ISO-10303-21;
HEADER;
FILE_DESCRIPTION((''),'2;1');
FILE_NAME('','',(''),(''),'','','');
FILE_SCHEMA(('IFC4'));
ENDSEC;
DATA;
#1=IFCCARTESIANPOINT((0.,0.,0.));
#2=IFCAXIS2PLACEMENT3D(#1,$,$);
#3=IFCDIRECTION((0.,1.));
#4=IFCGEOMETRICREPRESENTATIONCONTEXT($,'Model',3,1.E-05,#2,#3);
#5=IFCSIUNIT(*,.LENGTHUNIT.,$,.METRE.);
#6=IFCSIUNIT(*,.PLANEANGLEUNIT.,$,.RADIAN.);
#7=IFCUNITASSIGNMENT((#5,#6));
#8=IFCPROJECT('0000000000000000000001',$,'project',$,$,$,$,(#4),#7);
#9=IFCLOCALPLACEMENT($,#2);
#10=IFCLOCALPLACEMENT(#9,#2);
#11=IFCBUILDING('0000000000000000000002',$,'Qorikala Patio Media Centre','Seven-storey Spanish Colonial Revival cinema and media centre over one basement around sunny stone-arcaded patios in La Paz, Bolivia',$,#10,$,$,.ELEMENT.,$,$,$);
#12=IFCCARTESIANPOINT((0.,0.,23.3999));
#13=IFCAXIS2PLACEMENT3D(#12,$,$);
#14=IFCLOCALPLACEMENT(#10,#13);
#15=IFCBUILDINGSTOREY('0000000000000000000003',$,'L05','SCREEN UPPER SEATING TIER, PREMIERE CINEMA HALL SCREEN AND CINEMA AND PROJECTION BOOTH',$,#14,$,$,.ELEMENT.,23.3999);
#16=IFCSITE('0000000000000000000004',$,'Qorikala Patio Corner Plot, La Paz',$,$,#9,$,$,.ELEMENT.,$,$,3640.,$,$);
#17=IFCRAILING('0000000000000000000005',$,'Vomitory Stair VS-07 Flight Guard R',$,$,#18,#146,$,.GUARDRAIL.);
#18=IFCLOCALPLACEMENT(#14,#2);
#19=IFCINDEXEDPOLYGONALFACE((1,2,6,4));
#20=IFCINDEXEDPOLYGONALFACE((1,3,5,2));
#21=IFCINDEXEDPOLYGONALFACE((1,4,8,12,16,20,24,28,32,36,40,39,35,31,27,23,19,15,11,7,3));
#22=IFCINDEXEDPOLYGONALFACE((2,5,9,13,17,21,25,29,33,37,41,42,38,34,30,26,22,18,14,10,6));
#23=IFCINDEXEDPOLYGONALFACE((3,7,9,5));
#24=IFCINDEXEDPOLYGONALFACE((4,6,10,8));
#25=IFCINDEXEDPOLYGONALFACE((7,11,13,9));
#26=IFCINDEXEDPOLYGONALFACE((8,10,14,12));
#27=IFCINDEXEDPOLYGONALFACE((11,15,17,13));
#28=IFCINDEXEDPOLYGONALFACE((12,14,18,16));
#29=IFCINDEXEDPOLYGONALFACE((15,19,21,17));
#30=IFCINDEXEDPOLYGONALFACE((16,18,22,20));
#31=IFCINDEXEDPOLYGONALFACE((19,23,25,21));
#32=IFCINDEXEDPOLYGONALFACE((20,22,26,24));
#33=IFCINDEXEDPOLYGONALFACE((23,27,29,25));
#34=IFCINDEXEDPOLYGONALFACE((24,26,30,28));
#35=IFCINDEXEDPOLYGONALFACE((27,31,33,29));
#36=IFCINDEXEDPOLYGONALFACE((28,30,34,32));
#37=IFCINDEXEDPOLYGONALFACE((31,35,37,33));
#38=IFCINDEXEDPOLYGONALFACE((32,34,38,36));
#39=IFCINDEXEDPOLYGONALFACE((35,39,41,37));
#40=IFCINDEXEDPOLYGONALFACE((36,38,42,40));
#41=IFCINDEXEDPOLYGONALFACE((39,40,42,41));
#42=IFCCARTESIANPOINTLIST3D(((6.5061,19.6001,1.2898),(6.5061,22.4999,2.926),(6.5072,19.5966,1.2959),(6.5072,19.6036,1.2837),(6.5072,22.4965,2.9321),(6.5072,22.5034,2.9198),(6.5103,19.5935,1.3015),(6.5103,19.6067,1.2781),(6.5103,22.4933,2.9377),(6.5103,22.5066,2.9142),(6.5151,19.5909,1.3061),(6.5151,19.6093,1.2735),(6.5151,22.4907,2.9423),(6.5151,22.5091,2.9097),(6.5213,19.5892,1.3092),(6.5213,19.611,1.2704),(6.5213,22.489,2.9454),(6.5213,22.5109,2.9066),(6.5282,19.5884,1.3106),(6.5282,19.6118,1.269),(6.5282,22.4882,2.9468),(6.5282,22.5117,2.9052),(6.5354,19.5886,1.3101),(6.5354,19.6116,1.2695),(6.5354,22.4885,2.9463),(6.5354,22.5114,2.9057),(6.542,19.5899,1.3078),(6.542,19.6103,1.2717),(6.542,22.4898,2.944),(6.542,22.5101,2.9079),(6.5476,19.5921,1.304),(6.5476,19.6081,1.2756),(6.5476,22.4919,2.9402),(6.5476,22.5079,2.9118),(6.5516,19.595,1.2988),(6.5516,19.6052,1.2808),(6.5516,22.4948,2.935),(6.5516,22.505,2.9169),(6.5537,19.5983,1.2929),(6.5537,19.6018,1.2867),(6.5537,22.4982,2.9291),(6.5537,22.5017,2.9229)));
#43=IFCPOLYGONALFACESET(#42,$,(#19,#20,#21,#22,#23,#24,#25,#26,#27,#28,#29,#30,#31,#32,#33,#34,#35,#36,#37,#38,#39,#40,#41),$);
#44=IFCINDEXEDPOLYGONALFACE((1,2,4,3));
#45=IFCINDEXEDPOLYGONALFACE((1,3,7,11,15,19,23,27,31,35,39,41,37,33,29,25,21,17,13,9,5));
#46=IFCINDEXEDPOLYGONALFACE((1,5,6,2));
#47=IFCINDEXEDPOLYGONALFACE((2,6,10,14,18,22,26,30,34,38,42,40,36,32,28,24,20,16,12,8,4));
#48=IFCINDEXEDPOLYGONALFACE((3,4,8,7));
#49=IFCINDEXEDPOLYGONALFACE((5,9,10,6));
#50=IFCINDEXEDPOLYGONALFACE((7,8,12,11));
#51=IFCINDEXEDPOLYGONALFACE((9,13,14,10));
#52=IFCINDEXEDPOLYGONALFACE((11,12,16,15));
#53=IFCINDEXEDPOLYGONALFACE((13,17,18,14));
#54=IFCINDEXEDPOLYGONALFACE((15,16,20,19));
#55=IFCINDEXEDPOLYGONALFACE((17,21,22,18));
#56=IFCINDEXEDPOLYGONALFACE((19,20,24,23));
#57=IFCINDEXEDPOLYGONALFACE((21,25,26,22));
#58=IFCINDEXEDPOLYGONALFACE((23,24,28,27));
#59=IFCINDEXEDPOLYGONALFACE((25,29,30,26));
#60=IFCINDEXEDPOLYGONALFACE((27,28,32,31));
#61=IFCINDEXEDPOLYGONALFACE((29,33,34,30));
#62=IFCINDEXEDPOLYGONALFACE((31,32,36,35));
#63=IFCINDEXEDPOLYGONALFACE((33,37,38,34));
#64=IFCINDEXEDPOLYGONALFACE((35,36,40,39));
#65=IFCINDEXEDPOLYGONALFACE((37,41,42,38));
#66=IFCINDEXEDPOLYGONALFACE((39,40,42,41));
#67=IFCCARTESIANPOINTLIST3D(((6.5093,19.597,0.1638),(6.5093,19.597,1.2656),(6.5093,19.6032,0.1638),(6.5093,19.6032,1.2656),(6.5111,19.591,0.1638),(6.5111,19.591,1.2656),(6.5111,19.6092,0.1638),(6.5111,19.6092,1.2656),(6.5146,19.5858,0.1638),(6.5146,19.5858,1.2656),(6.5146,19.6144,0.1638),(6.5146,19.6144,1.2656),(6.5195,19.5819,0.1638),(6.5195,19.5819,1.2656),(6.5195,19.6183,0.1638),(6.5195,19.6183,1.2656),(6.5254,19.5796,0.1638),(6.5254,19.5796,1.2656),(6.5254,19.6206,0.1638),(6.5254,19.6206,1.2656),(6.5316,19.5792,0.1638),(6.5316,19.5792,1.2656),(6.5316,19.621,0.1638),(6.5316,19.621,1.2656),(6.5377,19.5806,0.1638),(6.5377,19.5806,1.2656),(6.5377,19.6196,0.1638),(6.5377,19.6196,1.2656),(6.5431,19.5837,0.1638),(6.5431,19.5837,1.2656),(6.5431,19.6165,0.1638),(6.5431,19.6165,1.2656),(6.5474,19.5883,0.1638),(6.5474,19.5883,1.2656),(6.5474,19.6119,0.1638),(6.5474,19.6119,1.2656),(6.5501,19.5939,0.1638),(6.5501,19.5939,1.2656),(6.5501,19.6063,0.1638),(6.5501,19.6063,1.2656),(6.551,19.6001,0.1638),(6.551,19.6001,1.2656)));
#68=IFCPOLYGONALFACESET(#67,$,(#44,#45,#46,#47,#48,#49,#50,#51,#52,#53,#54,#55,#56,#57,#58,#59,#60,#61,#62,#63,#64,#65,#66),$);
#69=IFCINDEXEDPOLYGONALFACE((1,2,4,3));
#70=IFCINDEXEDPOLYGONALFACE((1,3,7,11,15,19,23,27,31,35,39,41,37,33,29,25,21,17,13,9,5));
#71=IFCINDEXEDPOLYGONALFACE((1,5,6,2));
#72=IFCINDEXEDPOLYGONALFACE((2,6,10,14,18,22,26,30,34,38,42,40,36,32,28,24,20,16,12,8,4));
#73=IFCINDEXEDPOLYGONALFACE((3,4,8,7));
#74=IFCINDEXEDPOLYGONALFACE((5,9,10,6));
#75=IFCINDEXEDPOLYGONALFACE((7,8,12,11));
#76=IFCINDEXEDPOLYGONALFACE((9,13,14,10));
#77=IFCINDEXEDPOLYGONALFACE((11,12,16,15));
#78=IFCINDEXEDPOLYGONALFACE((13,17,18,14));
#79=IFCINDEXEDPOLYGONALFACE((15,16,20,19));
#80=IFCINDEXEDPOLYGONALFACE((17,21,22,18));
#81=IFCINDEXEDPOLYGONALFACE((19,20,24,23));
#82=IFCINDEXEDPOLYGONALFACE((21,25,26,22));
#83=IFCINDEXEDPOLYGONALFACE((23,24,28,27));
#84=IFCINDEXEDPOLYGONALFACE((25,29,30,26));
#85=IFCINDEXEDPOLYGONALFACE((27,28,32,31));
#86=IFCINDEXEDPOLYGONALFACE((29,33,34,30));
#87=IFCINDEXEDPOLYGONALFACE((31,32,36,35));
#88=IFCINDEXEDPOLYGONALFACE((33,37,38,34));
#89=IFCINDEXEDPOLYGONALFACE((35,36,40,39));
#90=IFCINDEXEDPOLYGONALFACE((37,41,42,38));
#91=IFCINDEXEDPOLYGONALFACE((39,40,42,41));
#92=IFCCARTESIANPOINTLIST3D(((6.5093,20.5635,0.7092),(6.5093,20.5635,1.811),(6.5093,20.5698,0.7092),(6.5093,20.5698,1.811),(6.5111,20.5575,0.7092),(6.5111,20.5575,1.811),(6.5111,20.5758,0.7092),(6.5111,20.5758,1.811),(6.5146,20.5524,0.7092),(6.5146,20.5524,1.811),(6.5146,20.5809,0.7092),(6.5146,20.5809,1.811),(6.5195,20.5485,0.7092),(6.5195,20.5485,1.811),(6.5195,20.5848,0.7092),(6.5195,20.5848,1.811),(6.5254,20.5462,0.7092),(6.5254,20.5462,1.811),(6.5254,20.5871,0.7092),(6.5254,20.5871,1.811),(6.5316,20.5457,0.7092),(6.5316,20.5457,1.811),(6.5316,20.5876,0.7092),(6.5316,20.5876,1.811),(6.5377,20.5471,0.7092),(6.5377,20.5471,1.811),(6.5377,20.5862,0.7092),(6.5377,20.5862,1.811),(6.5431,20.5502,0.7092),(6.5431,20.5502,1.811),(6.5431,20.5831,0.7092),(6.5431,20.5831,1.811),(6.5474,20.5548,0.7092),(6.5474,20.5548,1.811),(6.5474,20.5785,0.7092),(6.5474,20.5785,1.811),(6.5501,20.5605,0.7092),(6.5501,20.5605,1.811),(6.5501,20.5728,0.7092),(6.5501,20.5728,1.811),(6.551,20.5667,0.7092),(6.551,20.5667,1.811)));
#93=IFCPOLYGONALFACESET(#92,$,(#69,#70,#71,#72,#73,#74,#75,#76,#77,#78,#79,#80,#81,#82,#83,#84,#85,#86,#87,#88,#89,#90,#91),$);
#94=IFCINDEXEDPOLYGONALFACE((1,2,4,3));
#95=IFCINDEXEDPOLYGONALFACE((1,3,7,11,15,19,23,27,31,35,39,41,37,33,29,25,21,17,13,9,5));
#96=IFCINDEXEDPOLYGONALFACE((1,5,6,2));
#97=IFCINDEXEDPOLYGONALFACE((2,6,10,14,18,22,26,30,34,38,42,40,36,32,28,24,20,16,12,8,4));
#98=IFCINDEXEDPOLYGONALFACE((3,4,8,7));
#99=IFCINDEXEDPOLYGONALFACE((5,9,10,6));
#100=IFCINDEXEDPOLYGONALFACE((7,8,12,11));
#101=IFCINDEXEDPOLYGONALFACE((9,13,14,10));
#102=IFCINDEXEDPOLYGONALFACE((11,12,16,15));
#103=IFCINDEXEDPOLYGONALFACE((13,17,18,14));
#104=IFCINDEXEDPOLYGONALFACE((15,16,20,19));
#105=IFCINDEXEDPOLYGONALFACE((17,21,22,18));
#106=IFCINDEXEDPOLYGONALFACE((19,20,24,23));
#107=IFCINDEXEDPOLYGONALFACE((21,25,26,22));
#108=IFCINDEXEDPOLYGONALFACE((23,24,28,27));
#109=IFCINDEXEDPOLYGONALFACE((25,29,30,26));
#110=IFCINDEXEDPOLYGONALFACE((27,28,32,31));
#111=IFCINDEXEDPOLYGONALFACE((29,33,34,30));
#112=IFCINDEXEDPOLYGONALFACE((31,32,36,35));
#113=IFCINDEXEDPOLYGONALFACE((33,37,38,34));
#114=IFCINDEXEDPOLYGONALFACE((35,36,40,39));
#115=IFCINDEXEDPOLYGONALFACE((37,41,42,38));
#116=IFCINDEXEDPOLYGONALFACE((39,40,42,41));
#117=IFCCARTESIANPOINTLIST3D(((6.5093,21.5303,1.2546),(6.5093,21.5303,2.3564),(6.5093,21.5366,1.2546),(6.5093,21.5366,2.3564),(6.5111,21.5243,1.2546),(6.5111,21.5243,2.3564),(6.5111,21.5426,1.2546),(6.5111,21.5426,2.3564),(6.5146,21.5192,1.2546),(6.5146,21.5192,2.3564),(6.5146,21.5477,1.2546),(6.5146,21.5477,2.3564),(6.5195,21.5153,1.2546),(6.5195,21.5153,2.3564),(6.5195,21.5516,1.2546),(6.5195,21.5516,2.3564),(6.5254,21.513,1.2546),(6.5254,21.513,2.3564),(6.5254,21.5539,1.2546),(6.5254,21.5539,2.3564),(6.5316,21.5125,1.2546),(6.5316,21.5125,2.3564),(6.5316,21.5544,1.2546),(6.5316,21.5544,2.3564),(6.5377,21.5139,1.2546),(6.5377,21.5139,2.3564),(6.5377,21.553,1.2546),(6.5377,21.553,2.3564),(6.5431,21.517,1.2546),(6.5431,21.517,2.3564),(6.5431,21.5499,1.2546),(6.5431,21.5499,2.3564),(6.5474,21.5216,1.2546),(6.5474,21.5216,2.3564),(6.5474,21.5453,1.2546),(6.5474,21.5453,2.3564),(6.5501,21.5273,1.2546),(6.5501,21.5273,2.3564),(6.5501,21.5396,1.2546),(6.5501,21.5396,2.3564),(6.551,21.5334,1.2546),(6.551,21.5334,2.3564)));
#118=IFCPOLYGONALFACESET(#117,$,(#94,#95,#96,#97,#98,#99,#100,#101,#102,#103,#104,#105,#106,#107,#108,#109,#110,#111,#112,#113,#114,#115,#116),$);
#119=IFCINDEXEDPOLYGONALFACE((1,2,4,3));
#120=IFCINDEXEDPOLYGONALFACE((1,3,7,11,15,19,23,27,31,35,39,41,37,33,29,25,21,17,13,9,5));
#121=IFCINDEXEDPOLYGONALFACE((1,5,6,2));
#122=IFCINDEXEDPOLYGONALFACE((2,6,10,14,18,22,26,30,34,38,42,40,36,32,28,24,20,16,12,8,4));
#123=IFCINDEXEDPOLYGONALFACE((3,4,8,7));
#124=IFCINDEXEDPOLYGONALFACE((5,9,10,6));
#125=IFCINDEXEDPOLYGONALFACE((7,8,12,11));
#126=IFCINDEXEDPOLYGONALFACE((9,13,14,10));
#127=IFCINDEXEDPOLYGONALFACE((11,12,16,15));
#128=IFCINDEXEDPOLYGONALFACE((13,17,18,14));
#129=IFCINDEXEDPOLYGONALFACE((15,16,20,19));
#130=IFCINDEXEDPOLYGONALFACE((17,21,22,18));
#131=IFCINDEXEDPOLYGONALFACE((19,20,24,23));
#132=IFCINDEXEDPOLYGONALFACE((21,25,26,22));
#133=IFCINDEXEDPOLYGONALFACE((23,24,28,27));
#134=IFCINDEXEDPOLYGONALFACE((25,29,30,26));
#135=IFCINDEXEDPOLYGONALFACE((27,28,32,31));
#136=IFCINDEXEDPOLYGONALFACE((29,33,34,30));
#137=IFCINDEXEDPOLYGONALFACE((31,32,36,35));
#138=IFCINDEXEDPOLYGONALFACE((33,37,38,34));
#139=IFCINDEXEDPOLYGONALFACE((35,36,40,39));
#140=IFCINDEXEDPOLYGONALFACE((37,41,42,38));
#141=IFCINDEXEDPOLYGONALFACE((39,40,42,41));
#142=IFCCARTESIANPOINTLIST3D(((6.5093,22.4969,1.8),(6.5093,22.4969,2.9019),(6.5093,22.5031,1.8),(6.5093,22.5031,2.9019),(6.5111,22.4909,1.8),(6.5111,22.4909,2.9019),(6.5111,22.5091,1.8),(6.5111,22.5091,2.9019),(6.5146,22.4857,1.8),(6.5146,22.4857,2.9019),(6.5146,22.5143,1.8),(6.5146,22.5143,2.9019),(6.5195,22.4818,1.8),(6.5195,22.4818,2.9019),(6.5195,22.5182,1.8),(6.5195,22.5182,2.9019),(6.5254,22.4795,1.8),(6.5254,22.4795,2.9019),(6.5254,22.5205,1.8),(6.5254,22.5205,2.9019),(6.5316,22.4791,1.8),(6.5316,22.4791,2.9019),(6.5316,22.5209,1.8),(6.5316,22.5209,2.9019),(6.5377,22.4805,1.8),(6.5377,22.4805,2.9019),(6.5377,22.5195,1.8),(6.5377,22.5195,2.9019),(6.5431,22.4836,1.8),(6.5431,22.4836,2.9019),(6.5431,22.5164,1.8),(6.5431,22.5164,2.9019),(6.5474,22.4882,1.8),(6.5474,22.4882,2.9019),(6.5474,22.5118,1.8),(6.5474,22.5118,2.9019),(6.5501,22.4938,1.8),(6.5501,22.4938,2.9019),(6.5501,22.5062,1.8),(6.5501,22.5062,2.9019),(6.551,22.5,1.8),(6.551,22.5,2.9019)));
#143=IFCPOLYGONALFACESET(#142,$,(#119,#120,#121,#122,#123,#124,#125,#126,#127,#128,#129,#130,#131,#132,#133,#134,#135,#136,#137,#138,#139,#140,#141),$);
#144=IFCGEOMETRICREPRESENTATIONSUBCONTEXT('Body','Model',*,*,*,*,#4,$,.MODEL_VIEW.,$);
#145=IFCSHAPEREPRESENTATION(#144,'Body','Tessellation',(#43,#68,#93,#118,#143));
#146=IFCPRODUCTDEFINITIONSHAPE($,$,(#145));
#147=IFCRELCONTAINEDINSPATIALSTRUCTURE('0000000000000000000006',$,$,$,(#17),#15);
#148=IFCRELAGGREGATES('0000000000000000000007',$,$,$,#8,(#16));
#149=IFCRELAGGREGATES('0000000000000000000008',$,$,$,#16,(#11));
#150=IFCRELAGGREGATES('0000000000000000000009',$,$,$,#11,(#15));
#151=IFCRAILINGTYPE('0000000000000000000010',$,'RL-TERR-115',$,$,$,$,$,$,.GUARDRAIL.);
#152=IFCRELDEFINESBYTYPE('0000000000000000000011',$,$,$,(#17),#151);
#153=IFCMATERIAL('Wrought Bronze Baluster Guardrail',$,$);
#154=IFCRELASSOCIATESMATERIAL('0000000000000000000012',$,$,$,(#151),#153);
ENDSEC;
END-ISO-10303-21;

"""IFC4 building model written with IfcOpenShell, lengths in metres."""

from ifc_helpers import new_model, si_unit, direction, frame, origin, origin_2d, place, context, subcontext, project, spatial, circle, extrude, material, type_object, element, save


model = new_model("IFC4")

# Units and contexts
model_context = context("Model", 3, precision=1e-05, world=origin(), true_north=direction((0.0, 1.0)))
body_context = subcontext(model_context, "Body", "Model", "MODEL_VIEW")
ifc_project = project(units=[si_unit("LENGTHUNIT", "METRE"), si_unit("PLANEANGLEUNIT", "RADIAN")], contexts=[model_context])

# Site, building, storey
site_placement = place(None, origin())
site = spatial("IfcSite", under=ifc_project, at=site_placement, Name="Qorikala Patio Corner Plot, La Paz", CompositionType="ELEMENT", RefElevation=3640.0)
building_placement = place(site_placement, origin())
building = spatial("IfcBuilding", under=site, at=building_placement, Name="Qorikala Patio Media Centre", Description="Seven-storey Spanish Colonial Revival cinema and media centre over one basement around sunny stone-arcaded patios in La Paz, Bolivia", CompositionType="ELEMENT")
storey_placement = place(building_placement, frame((0.0, 0.0, 23.3999)))
storey = spatial("IfcBuildingStorey", under=building, at=storey_placement, Name="L05", Description="SCREEN UPPER SEATING TIER, PREMIERE CINEMA HALL SCREEN AND CINEMA AND PROJECTION BOOTH", CompositionType="ELEMENT", Elevation=23.3999)

# Railing
ifc_material_1 = material(Name="Wrought Bronze Baluster Guardrail")
railing_type_1 = type_object("IfcRailingType", Name="RL-TERR-115", PredefinedType="GUARDRAIL", material=ifc_material_1)
for number, where, name in (
    (1, (6.53, 19.6001, 0.1638), "Vomitory Stair VS-07 Flight Guard R"),
):
    element("IfcRailing", number, at=place(storey_placement, frame(where)), inside=storey, type_object=railing_type_1, Name=name, PredefinedType="GUARDRAIL", context=body_context, shape_type="SweptSolid", body=[
        extrude(circle(Radius=0.0239, at=origin_2d()), frame((0.0, 0.0, 1.126), z_axis=(0.0, 0.870929, 0.49141), x_axis=(-1.0, 0.0, 0.0)), (0.0, 0.0, 1.0), 3.3296),
        extrude(circle(Radius=0.021, at=origin_2d()), origin(), (0.0, 0.0, 1.0), 1.1018),
        extrude(circle(Radius=0.021, at=origin_2d()), frame((0.0, 0.9666, 0.5454)), (0.0, 0.0, 1.0), 1.1018),
        extrude(circle(Radius=0.021, at=origin_2d()), frame((0.0, 1.9333, 1.0908)), (0.0, 0.0, 1.0), 1.1018),
        extrude(circle(Radius=0.021, at=origin_2d()), frame((0.0, 2.8999, 1.6362)), (0.0, 0.0, 1.0), 1.1018),
    ])

save(model, "model.ifc")
